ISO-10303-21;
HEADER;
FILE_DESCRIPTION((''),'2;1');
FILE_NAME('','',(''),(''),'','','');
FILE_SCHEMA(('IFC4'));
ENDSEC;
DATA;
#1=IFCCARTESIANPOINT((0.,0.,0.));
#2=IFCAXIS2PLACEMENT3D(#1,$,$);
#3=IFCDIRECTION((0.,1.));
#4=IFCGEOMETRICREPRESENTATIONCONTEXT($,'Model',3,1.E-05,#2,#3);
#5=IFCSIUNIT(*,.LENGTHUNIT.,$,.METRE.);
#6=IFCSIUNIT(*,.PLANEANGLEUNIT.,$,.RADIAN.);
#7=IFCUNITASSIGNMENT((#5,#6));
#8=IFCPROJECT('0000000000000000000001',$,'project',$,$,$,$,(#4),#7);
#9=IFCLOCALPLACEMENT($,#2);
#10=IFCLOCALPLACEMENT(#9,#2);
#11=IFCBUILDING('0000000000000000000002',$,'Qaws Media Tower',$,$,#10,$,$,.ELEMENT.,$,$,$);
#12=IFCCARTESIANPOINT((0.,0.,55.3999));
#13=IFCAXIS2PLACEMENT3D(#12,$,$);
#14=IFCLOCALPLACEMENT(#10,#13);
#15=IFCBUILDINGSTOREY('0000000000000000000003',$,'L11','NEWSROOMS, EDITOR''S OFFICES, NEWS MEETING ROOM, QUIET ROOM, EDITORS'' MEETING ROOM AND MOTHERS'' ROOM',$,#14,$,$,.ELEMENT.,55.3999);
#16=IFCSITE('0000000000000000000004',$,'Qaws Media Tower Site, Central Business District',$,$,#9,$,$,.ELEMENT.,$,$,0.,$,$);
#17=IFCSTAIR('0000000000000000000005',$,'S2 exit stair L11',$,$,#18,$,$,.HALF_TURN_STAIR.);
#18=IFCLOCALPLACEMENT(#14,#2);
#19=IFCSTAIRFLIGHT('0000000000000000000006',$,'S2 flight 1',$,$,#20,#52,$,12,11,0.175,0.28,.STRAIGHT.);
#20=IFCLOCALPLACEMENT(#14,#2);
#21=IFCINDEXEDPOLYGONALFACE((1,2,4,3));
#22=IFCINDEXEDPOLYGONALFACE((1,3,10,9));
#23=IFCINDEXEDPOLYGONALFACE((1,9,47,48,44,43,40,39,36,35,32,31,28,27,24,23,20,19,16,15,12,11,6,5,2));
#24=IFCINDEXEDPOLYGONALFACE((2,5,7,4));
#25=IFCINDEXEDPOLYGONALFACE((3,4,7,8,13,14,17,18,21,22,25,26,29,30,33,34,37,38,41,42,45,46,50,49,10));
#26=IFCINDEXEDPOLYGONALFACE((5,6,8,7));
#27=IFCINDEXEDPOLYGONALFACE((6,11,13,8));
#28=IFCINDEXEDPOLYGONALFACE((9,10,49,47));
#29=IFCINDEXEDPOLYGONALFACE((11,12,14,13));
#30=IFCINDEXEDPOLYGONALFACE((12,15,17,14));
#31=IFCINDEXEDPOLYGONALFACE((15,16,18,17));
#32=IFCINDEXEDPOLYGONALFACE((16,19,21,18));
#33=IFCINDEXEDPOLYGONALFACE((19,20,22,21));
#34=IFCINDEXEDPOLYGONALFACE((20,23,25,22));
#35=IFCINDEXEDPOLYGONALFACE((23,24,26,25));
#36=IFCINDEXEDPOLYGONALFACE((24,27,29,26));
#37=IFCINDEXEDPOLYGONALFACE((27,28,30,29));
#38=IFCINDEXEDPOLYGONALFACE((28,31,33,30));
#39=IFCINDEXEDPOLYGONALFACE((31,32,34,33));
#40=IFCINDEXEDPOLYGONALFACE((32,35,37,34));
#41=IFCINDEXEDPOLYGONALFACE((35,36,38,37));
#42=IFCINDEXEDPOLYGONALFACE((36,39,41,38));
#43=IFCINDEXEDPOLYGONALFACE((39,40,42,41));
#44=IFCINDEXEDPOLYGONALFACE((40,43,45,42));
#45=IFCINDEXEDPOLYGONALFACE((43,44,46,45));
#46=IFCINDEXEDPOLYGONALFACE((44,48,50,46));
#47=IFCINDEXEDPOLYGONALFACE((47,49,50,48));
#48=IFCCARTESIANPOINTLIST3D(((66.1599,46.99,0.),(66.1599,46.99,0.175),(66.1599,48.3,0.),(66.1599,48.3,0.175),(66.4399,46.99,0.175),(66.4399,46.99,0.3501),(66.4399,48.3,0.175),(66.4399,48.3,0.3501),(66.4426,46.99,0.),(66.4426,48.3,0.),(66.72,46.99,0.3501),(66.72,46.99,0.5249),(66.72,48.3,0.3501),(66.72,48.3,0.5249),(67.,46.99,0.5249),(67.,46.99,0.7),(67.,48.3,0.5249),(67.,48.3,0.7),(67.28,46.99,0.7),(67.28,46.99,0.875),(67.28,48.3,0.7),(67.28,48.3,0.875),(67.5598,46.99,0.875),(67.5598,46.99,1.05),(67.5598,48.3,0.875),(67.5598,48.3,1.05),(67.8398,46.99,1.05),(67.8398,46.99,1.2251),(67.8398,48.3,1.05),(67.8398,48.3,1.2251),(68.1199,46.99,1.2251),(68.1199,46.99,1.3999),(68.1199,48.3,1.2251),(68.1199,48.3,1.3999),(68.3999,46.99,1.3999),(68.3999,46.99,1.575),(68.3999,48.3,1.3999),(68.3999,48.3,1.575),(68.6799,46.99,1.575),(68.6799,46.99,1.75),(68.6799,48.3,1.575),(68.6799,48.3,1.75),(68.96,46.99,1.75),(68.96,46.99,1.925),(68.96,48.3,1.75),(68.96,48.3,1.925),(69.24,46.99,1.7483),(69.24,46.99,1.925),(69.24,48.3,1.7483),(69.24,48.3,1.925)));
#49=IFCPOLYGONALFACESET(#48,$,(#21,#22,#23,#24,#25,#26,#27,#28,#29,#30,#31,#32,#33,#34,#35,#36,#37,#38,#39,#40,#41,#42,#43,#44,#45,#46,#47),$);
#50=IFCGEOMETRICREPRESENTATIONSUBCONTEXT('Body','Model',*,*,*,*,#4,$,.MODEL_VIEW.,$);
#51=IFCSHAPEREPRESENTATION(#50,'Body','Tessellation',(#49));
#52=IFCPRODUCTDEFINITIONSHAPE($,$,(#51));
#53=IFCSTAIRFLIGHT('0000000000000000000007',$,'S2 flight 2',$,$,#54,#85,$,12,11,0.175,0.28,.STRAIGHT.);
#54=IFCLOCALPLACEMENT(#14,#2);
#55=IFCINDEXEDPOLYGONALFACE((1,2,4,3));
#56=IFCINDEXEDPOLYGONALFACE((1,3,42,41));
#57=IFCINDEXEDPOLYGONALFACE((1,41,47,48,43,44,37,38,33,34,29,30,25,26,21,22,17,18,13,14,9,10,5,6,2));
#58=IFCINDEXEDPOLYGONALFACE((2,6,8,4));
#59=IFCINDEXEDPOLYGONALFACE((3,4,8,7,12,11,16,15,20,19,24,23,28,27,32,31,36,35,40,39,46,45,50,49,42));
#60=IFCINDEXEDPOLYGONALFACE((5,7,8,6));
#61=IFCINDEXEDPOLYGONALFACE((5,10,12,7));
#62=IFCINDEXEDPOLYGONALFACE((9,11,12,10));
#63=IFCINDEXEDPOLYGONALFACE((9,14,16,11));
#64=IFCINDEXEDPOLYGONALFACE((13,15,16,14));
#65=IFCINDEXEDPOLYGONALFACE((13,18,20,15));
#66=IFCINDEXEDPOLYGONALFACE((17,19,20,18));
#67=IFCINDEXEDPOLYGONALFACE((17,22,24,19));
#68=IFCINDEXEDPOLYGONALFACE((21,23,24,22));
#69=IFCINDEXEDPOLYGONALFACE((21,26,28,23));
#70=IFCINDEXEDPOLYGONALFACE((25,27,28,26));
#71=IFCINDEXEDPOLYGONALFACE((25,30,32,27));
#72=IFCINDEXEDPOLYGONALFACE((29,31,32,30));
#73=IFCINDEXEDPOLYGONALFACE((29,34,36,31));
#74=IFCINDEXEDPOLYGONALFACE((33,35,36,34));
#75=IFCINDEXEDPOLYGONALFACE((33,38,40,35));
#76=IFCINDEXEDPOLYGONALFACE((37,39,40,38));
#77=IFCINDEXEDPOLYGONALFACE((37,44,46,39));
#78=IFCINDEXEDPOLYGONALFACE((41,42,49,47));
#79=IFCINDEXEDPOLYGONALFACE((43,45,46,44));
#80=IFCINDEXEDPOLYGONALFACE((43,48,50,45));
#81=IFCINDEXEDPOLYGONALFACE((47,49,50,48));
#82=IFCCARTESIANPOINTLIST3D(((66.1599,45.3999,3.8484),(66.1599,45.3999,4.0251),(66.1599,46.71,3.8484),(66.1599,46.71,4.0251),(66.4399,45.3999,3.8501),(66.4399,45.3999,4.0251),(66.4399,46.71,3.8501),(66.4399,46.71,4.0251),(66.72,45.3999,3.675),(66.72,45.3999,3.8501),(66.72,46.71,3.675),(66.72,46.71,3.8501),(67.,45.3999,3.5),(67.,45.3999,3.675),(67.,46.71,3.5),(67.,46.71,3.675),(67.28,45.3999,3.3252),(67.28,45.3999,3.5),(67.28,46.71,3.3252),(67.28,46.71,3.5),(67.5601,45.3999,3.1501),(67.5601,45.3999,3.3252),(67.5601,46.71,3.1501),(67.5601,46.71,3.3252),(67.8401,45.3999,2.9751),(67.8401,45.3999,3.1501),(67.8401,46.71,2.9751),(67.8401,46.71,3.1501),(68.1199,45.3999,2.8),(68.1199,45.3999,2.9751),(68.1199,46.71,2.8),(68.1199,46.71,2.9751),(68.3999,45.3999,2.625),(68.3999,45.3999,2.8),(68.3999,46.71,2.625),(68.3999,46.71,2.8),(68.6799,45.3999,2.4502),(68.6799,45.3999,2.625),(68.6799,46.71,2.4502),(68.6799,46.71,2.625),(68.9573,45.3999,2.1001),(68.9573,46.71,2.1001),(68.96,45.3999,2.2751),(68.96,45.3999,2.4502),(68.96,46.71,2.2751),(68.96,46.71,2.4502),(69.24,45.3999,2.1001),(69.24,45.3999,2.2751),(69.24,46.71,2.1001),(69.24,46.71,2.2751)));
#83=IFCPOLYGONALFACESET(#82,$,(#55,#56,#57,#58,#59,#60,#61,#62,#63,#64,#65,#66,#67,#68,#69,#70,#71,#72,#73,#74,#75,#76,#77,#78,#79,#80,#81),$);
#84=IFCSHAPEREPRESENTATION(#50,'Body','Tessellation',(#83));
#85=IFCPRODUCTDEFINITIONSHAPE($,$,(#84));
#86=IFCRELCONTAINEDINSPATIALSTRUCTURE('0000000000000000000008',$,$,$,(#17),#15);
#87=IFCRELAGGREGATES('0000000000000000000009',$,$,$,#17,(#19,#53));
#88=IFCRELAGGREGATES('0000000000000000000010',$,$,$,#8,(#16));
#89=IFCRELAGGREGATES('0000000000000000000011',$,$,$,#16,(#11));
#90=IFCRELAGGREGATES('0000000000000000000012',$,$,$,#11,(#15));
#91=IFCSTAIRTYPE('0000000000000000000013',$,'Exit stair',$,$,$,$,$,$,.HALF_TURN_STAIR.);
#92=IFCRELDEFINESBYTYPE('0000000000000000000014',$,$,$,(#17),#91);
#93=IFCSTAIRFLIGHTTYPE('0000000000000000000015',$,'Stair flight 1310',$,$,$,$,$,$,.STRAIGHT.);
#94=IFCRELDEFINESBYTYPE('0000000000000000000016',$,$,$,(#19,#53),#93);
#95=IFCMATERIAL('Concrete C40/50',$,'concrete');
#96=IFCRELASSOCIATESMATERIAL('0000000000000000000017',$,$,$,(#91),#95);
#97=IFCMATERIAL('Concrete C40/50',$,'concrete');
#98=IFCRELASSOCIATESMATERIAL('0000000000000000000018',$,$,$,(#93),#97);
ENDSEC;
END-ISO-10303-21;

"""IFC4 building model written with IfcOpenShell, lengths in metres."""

from ifc_helpers import new_model, si_unit, direction, frame, origin, place, context, subcontext, project, spatial, polyline, outline, extrude, material, type_object, element, aggregate, save


model = new_model("IFC4")

# Units and contexts
model_context = context("Model", 3, precision=1e-05, world=origin(), true_north=direction((0.0, 1.0)))
body_context = subcontext(model_context, "Body", "Model", "MODEL_VIEW")
ifc_project = project(units=[si_unit("LENGTHUNIT", "METRE"), si_unit("PLANEANGLEUNIT", "RADIAN")], contexts=[model_context])

# Site, building, storey
site_placement = place(None, origin())
site = spatial("IfcSite", under=ifc_project, at=site_placement, Name="Qaws Media Tower Site, Central Business District", CompositionType="ELEMENT", RefElevation=0.0)
building_placement = place(site_placement, origin())
building = spatial("IfcBuilding", under=site, at=building_placement, Name="Qaws Media Tower", CompositionType="ELEMENT")
storey_placement = place(building_placement, frame((0.0, 0.0, 55.3999)))
storey = spatial("IfcBuildingStorey", under=building, at=storey_placement, Name="L11", Description="NEWSROOMS, EDITOR'S OFFICES, NEWS MEETING ROOM, QUIET ROOM, EDITORS' MEETING ROOM AND MOTHERS' ROOM", CompositionType="ELEMENT", Elevation=55.3999)

# Stair, stair flights
ifc_material_1 = material(Name="Concrete C40/50", Category="concrete")
stair_type = type_object("IfcStairType", Name="Exit stair", PredefinedType="HALF_TURN_STAIR", material=ifc_material_1)
stair_placement = place(storey_placement, origin())
stair = element("IfcStair", 1, at=stair_placement, inside=storey, type_object=stair_type, Name="S2 exit stair L11", PredefinedType="HALF_TURN_STAIR")
ifc_material_2 = material(Name="Concrete C40/50", Category="concrete")
stair_flight_type = type_object("IfcStairFlightType", Name="Stair flight 1310", PredefinedType="STRAIGHT", material=ifc_material_2)
stair_flight_1_placement = place(storey_placement, frame((66.1599, 47.645, 0.0), z_axis=(0.0, 0.0, 1.0), x_axis=(1.0, 0.0, 0.0)))
stair_flight_1 = element("IfcStairFlight", 2, at=stair_flight_1_placement, type_object=stair_flight_type, Name="S2 flight 1", NumberOfRisers=12, NumberOfTreads=11, PredefinedType="STRAIGHT", RiserHeight=0.175, TreadLength=0.28, context=body_context, shape_type="SweptSolid", body=[
    extrude(outline(polyline([(0.0, 0.0), (0.0, 0.175), (0.28, 0.175), (0.28, 0.3501), (0.5601, 0.3501), (0.5601, 0.5249), (0.8401, 0.5249), (0.8401, 0.7), (1.1201, 0.7), (1.1201, 0.875), (1.3999, 0.875), (1.3999, 1.05), (1.6799, 1.05), (1.6799, 1.2251), (1.96, 1.2251), (1.96, 1.3999), (2.24, 1.3999), (2.24, 1.575), (2.52, 1.575), (2.52, 1.75), (2.8, 1.75), (2.8, 1.925), (3.0801, 1.925), (3.0801, 2.1001), (3.0801, 1.7483), (0.2827, 0.0), (0.0, 0.0)])), frame((0.0, 0.655, 0.0), z_axis=(0.0, -1.0, 0.0), x_axis=(1.0, 0.0, 0.0)), (0.0, 0.0, 1.0), 1.3101),
])
stair_flight_2_placement = place(storey_placement, frame((69.24, 46.0549, 2.1001), z_axis=(0.0, 0.0, 1.0), x_axis=(-1.0, 0.0, 0.0)))
stair_flight_2 = element("IfcStairFlight", 3, at=stair_flight_2_placement, type_object=stair_flight_type, Name="S2 flight 2", NumberOfRisers=12, NumberOfTreads=11, PredefinedType="STRAIGHT", RiserHeight=0.175, TreadLength=0.28, context=body_context, shape_type="SweptSolid", body=[
    extrude(outline(polyline([(0.0, 0.0), (0.0, 0.175), (0.28, 0.175), (0.28, 0.3501), (0.5601, 0.3501), (0.5601, 0.5249), (0.8401, 0.5249), (0.8401, 0.7), (1.1201, 0.7), (1.1201, 0.875), (1.3999, 0.875), (1.3999, 1.05), (1.6799, 1.05), (1.6799, 1.2251), (1.96, 1.2251), (1.96, 1.3999), (2.24, 1.3999), (2.24, 1.575), (2.52, 1.575), (2.52, 1.75), (2.8, 1.75), (2.8, 1.925), (3.0801, 1.925), (3.0801, 2.1001), (3.0801, 1.7483), (0.2827, 0.0), (0.0, 0.0)])), frame((0.0, 0.655, 0.0), z_axis=(0.0, -1.0, 0.0), x_axis=(1.0, 0.0, 0.0)), (0.0, 0.0, 1.0), 1.3101),
])
aggregate(stair, [stair_flight_1, stair_flight_2])

save(model, "model.ifc")
